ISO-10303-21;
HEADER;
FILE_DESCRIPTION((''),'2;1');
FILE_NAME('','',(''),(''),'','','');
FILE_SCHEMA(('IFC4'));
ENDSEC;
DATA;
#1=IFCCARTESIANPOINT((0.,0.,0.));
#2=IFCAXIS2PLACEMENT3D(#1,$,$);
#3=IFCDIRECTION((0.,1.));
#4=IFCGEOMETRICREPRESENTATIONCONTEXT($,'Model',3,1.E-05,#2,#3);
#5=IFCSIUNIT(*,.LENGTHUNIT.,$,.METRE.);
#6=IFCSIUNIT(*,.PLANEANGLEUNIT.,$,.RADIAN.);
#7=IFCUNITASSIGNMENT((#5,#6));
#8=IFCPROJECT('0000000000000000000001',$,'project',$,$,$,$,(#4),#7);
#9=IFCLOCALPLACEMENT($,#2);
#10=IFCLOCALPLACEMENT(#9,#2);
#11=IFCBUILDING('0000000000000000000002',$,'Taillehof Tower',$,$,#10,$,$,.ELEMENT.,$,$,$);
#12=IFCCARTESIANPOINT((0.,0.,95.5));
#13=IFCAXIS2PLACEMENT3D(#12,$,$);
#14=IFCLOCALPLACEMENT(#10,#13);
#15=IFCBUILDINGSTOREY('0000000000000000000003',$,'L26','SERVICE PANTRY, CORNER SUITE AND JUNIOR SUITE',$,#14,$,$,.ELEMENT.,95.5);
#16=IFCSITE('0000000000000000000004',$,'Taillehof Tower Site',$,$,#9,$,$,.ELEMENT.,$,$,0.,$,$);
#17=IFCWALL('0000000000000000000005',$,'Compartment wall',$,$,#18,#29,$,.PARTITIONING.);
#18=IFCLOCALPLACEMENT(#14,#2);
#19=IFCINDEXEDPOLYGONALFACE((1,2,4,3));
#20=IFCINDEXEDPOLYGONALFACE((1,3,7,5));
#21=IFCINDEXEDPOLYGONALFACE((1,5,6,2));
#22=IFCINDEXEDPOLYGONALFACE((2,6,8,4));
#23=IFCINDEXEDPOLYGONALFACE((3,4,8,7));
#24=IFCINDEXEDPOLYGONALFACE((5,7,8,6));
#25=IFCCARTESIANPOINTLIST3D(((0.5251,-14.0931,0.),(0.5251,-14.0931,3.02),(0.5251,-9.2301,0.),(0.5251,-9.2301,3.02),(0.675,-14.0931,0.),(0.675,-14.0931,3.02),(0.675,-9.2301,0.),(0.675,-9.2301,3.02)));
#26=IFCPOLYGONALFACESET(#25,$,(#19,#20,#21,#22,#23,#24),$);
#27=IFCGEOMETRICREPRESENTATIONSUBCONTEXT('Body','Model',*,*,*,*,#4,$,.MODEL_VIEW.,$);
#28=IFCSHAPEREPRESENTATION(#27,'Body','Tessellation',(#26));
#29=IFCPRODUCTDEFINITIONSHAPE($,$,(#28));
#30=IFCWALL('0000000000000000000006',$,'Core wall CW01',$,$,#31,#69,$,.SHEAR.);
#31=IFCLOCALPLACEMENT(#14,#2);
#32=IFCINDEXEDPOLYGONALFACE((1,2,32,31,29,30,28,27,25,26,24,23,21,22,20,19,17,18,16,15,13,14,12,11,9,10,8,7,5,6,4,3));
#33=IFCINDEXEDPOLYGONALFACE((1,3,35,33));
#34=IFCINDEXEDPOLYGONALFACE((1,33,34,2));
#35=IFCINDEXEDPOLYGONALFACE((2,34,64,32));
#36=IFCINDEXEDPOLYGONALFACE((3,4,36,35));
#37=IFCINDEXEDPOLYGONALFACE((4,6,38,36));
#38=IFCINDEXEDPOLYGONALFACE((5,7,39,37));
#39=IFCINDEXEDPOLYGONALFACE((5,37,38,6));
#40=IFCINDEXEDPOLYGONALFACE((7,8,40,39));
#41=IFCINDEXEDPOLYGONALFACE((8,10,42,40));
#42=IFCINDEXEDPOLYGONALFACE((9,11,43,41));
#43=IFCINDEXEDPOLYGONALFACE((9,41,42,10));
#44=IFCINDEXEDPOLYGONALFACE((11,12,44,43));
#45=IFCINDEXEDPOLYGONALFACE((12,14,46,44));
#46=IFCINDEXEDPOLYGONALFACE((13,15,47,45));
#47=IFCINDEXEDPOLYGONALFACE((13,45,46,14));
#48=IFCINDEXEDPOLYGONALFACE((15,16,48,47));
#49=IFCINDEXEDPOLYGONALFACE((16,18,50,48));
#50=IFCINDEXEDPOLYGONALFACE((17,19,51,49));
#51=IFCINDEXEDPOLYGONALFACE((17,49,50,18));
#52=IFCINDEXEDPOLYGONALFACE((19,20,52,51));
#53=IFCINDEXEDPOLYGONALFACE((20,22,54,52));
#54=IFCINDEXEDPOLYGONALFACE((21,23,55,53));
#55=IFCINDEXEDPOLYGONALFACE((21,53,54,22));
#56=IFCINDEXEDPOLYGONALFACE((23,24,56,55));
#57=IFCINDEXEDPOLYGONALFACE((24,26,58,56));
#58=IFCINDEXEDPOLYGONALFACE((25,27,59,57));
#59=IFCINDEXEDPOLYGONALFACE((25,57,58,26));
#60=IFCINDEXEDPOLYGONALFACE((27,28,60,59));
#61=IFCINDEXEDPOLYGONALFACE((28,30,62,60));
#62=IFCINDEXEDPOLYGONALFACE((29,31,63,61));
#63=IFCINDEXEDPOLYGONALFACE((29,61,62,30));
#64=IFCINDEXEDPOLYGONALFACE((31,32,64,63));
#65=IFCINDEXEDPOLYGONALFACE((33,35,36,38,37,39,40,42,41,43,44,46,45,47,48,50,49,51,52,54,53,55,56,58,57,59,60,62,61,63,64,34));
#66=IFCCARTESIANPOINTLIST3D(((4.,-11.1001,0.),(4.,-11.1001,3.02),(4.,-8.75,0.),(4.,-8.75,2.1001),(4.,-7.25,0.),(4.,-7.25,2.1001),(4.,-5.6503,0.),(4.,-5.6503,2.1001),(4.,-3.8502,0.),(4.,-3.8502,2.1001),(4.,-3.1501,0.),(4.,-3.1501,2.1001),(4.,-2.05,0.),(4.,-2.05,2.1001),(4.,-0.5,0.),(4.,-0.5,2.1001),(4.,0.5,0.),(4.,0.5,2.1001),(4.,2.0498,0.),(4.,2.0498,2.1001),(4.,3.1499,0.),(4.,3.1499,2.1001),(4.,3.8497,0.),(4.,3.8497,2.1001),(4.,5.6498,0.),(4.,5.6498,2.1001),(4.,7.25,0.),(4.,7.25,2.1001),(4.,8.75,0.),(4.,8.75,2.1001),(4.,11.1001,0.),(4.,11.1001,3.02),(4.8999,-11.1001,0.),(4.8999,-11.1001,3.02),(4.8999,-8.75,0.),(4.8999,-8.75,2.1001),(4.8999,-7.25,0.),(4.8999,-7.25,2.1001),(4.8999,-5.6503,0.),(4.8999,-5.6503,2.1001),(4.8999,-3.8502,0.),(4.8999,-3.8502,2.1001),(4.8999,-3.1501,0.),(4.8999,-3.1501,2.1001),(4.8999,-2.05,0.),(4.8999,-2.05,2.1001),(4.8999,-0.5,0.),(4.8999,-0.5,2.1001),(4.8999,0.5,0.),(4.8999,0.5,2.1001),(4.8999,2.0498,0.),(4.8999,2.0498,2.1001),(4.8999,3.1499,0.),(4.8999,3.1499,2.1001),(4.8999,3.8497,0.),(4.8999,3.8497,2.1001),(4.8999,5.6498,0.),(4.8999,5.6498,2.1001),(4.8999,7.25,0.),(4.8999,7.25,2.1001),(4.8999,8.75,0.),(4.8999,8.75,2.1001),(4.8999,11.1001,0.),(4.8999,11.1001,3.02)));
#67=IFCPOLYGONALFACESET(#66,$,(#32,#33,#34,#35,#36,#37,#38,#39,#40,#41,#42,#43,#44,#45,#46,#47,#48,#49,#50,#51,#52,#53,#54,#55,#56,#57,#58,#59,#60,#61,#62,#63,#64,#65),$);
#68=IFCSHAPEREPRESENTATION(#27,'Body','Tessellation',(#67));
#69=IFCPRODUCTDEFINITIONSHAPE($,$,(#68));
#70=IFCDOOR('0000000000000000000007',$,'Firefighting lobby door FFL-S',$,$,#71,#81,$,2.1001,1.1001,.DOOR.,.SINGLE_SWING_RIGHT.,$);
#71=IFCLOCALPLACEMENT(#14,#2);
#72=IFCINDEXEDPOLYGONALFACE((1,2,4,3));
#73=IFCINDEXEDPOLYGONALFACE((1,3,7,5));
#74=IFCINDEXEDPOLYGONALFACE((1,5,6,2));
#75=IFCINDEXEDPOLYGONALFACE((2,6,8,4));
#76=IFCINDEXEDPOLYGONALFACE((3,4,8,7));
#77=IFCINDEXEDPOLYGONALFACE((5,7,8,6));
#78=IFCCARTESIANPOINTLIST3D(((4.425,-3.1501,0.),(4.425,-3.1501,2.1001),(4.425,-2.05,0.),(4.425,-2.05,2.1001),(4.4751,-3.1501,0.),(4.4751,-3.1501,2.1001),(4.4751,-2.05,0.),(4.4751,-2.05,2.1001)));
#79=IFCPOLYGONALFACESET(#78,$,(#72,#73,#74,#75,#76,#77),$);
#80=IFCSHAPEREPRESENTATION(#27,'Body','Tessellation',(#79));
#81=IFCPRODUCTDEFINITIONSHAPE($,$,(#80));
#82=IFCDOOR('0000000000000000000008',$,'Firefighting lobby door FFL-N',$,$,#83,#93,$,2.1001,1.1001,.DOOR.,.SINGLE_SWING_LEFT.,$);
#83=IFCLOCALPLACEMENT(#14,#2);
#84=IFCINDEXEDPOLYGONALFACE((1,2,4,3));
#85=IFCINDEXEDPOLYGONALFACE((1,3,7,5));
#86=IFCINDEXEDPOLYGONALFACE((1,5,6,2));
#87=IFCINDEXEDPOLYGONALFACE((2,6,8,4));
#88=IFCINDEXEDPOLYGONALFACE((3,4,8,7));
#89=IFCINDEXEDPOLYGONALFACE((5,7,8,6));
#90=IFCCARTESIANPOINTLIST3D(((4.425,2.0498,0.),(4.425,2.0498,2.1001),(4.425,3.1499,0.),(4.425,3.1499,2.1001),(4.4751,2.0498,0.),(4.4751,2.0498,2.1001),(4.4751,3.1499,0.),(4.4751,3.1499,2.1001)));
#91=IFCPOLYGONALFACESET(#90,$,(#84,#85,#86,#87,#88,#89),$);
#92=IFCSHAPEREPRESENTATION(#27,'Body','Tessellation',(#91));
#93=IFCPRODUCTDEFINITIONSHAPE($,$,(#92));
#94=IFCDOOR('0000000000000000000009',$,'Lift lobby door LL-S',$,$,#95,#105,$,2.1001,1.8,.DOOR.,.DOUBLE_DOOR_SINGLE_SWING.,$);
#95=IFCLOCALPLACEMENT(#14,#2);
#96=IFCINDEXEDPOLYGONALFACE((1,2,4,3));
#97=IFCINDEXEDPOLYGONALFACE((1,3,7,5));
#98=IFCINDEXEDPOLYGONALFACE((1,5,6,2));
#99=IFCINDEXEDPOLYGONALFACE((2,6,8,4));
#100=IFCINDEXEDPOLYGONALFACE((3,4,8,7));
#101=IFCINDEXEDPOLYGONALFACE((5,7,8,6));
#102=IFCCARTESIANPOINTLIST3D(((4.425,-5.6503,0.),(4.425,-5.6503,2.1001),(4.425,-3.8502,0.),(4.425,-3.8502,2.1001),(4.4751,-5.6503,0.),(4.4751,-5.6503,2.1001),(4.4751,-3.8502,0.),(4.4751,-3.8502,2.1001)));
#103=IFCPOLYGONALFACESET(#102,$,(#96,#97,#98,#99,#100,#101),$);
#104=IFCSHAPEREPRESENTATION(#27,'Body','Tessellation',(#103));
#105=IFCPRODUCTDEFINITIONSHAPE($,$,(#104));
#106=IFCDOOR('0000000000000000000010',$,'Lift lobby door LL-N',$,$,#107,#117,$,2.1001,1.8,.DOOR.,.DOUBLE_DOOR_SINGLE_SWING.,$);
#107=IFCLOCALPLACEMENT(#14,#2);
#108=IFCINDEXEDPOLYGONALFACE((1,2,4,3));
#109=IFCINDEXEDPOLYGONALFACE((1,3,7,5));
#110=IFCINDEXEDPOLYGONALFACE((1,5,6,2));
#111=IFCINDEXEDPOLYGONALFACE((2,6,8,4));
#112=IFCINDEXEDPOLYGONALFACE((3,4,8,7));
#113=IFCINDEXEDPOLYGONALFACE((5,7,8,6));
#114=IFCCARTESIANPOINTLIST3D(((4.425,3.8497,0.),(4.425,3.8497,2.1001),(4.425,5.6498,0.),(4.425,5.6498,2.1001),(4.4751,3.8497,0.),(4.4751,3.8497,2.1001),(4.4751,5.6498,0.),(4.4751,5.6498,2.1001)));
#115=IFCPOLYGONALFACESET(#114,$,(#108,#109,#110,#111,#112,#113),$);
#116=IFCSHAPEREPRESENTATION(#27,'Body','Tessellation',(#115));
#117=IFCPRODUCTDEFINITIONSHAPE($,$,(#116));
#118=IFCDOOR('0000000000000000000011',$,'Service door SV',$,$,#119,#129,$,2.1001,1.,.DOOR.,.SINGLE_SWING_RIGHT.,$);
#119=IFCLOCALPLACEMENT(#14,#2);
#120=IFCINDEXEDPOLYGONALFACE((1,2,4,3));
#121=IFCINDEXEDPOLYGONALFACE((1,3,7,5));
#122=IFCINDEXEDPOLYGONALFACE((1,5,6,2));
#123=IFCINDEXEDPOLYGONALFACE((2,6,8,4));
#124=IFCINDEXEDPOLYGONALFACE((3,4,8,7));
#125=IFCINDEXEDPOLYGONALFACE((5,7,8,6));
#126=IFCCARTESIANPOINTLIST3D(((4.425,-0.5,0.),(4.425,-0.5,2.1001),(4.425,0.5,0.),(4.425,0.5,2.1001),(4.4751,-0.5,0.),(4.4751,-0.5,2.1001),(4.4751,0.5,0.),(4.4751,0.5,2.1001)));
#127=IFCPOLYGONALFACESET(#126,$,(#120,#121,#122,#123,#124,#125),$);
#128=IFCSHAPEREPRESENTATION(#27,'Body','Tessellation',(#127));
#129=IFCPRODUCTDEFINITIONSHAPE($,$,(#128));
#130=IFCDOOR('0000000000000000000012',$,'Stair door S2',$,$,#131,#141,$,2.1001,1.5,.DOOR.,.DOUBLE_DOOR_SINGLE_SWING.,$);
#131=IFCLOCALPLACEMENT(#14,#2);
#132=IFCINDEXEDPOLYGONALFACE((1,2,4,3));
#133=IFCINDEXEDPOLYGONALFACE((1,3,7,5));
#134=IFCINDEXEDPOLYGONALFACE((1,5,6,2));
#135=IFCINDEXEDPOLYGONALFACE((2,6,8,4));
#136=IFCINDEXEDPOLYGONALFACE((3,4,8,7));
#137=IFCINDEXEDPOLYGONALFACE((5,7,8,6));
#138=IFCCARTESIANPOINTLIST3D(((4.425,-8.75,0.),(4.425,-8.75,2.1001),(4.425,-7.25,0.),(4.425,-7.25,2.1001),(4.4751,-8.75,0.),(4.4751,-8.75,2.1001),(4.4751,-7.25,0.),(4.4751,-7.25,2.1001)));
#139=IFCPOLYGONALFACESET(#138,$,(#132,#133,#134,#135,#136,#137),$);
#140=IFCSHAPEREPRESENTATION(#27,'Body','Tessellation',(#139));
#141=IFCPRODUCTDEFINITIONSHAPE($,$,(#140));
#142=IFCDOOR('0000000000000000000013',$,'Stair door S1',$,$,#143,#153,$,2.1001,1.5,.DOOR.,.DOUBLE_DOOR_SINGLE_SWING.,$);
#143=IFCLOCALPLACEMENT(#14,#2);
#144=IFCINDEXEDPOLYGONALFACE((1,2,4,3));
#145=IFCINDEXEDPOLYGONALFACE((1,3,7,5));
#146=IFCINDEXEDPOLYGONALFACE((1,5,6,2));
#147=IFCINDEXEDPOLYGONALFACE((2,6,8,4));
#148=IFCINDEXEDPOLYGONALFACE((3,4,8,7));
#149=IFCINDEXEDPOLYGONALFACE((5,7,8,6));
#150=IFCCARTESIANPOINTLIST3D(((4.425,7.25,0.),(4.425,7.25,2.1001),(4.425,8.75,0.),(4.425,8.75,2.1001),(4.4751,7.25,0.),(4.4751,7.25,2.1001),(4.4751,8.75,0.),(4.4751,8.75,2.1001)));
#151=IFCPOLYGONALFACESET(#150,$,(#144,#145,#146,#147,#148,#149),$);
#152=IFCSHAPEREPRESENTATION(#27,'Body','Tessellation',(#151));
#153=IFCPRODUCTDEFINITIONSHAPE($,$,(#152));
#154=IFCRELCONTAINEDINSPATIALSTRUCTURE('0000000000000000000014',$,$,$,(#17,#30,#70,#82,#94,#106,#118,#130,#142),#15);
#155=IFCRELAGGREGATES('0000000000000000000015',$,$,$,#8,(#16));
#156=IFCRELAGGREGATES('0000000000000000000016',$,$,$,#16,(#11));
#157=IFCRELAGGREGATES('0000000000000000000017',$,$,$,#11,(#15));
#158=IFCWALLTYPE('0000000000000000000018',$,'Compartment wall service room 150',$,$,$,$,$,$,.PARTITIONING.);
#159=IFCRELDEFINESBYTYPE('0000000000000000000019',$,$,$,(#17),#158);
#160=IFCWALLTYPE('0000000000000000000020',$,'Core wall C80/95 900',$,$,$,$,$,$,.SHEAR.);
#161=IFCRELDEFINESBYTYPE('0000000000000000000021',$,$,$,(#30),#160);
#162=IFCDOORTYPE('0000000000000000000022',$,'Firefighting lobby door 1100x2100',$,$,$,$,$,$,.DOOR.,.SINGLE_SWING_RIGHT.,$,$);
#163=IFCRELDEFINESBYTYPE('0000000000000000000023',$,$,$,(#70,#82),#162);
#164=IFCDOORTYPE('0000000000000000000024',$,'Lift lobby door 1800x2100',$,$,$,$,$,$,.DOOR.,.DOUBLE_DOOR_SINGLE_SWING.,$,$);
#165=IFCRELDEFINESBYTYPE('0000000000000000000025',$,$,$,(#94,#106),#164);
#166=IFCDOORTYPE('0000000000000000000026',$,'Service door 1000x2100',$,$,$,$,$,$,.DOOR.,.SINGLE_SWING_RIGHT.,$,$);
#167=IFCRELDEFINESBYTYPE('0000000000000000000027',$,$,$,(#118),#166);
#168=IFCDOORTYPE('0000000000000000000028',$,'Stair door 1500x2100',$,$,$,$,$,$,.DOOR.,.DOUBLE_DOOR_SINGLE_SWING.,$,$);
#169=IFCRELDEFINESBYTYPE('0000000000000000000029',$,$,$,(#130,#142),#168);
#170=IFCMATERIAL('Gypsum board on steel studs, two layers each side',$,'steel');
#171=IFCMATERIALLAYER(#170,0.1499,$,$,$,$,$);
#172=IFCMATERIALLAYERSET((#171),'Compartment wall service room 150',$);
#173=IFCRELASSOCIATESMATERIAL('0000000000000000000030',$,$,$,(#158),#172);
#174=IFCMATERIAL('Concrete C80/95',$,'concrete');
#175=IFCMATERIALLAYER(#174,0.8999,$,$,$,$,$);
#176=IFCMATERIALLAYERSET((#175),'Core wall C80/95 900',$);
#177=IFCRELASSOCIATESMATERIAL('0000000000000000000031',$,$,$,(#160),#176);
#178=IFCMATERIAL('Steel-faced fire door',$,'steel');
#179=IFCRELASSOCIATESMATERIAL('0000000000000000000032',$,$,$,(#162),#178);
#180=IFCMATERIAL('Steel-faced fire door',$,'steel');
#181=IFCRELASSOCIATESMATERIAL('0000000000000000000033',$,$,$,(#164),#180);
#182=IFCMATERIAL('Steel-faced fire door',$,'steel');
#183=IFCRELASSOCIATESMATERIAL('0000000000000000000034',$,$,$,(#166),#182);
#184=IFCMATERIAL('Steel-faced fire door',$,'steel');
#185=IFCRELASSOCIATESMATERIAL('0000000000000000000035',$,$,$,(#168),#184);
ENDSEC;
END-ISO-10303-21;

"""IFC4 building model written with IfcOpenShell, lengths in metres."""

from ifc_helpers import new_model, si_unit, direction, frame, frame_2d, origin, place, context, subcontext, project, spatial, rectangle, extrude, material, layer, layer_set, type_object, element, fill, save


model = new_model("IFC4")

# Units and contexts
model_context = context("Model", 3, precision=1e-05, world=origin(), true_north=direction((0.0, 1.0)))
body_context = subcontext(model_context, "Body", "Model", "MODEL_VIEW")
ifc_project = project(units=[si_unit("LENGTHUNIT", "METRE"), si_unit("PLANEANGLEUNIT", "RADIAN")], contexts=[model_context])

# Site, building, storey
site_placement = place(None, origin())
site = spatial("IfcSite", under=ifc_project, at=site_placement, Name="Taillehof Tower Site", CompositionType="ELEMENT", RefElevation=0.0)
building_placement = place(site_placement, origin())
building = spatial("IfcBuilding", under=site, at=building_placement, Name="Taillehof Tower", CompositionType="ELEMENT")
storey_placement = place(building_placement, frame((0.0, 0.0, 95.5)))
storey = spatial("IfcBuildingStorey", under=building, at=storey_placement, Name="L26", Description="SERVICE PANTRY, CORNER SUITE AND JUNIOR SUITE", CompositionType="ELEMENT", Elevation=95.5)

# Wall
ifc_material_1 = material(Name="Gypsum board on steel studs, two layers each side", Category="steel")
ifc_layer_1 = layer(ifc_material_1, 0.1499)
ifc_layer_set_1 = layer_set([ifc_layer_1], Name="Compartment wall service room 150")
wall_type_1 = type_object("IfcWallType", Name="Compartment wall service room 150", PredefinedType="PARTITIONING", material=ifc_layer_set_1)
wall_1_placement = place(storey_placement, frame((0.6001, -9.23, 0.0), z_axis=(0.0, 0.0, 1.0), x_axis=(0.0, -1.0, 0.0)))
element("IfcWall", 1, at=wall_1_placement, inside=storey, type_object=wall_type_1, Name="Compartment wall", PredefinedType="PARTITIONING", context=body_context, shape_type="SweptSolid", body=[
    extrude(rectangle(XDim=4.863, YDim=0.1499, at=frame_2d((2.4316, 0.0))), origin(), (0.0, 0.0, 1.0), 3.02),
])

# Wall, openings, doors
ifc_material_2 = material(Name="Concrete C80/95", Category="concrete")
ifc_layer_2 = layer(ifc_material_2, 0.8999)
ifc_layer_set_2 = layer_set([ifc_layer_2], Name="Core wall C80/95 900")
wall_type_2 = type_object("IfcWallType", Name="Core wall C80/95 900", PredefinedType="SHEAR", material=ifc_layer_set_2)
wall_2_placement = place(storey_placement, frame((4.45, -11.1001, 0.0), z_axis=(0.0, 0.0, 1.0), x_axis=(0.0, 1.0, 0.0)))
wall_2 = element("IfcWall", 2, at=wall_2_placement, inside=storey, type_object=wall_type_2, Name="Core wall CW01", PredefinedType="SHEAR", context=body_context, shape_type="SweptSolid", body=[
    extrude(rectangle(XDim=22.2002, YDim=0.8999, at=frame_2d((11.1001, 0.0))), origin(), (0.0, 0.0, 1.0), 3.02),
])
opening_1_placement = place(wall_2_placement, frame((2.3501, 0.0, 0.0)))
opening_1 = element("IfcOpeningElement", 3, at=opening_1_placement, cuts=wall_2, PredefinedType="OPENING", context=body_context, shape_type="SweptSolid", body=[
    extrude(rectangle(XDim=1.5, YDim=2.1001, at=frame_2d((0.75, 1.05))), frame((0.0, 0.46, 0.0), z_axis=(0.0, -1.0, 0.0), x_axis=(1.0, 0.0, 0.0)), (0.0, 0.0, 1.0), 0.9199),
])
opening_2_placement = place(wall_2_placement, frame((5.45, 0.0, 0.0)))
opening_2 = element("IfcOpeningElement", 4, at=opening_2_placement, cuts=wall_2, PredefinedType="OPENING", context=body_context, shape_type="SweptSolid", body=[
    extrude(rectangle(XDim=1.8, YDim=2.1001, at=frame_2d((0.8999, 1.05))), frame((0.0, 0.46, 0.0), z_axis=(0.0, -1.0, 0.0), x_axis=(1.0, 0.0, 0.0)), (0.0, 0.0, 1.0), 0.9199),
])
opening_3_placement = place(wall_2_placement, frame((7.95, 0.0, 0.0)))
opening_3 = element("IfcOpeningElement", 5, at=opening_3_placement, cuts=wall_2, PredefinedType="OPENING", context=body_context, shape_type="SweptSolid", body=[
    extrude(rectangle(XDim=1.1001, YDim=2.1001, at=frame_2d((0.55, 1.05))), frame((0.0, 0.46, 0.0), z_axis=(0.0, -1.0, 0.0), x_axis=(1.0, 0.0, 0.0)), (0.0, 0.0, 1.0), 0.9199),
])
opening_4_placement = place(wall_2_placement, frame((10.6001, 0.0, 0.0)))
opening_4 = element("IfcOpeningElement", 6, at=opening_4_placement, cuts=wall_2, PredefinedType="OPENING", context=body_context, shape_type="SweptSolid", body=[
    extrude(rectangle(XDim=1.0, YDim=2.1001, at=frame_2d((0.5, 1.05))), frame((0.0, 0.46, 0.0), z_axis=(0.0, -1.0, 0.0), x_axis=(1.0, 0.0, 0.0)), (0.0, 0.0, 1.0), 0.9199),
])
opening_5_placement = place(wall_2_placement, frame((13.1499, 0.0, 0.0)))
opening_5 = element("IfcOpeningElement", 7, at=opening_5_placement, cuts=wall_2, PredefinedType="OPENING", context=body_context, shape_type="SweptSolid", body=[
    extrude(rectangle(XDim=1.1001, YDim=2.1001, at=frame_2d((0.55, 1.05))), frame((0.0, 0.46, 0.0), z_axis=(0.0, -1.0, 0.0), x_axis=(1.0, 0.0, 0.0)), (0.0, 0.0, 1.0), 0.9199),
])
opening_6_placement = place(wall_2_placement, frame((14.95, 0.0, 0.0)))
opening_6 = element("IfcOpeningElement", 8, at=opening_6_placement, cuts=wall_2, PredefinedType="OPENING", context=body_context, shape_type="SweptSolid", body=[
    extrude(rectangle(XDim=1.8, YDim=2.1001, at=frame_2d((0.8999, 1.05))), frame((0.0, 0.46, 0.0), z_axis=(0.0, -1.0, 0.0), x_axis=(1.0, 0.0, 0.0)), (0.0, 0.0, 1.0), 0.9199),
])
opening_7_placement = place(wall_2_placement, frame((18.3501, 0.0, 0.0)))
opening_7 = element("IfcOpeningElement", 9, at=opening_7_placement, cuts=wall_2, PredefinedType="OPENING", context=body_context, shape_type="SweptSolid", body=[
    extrude(rectangle(XDim=1.5, YDim=2.1001, at=frame_2d((0.75, 1.05))), frame((0.0, 0.46, 0.0), z_axis=(0.0, -1.0, 0.0), x_axis=(1.0, 0.0, 0.0)), (0.0, 0.0, 1.0), 0.9199),
])
ifc_material_3 = material(Name="Steel-faced fire door", Category="steel")
door_type_1 = type_object("IfcDoorType", Name="Firefighting lobby door 1100x2100", OperationType="SINGLE_SWING_RIGHT", PredefinedType="DOOR", material=ifc_material_3)
door_1_placement = place(opening_3_placement, origin())
door_1 = element("IfcDoor", 10, at=door_1_placement, inside=storey, type_object=door_type_1, Name="Firefighting lobby door FFL-S", OperationType="SINGLE_SWING_RIGHT", OverallHeight=2.1001, OverallWidth=1.1001, PredefinedType="DOOR", context=body_context, shape_type="SweptSolid", body=[
    extrude(rectangle(XDim=1.1001, YDim=2.1001, at=frame_2d((0.55, 1.05))), frame((0.0, 0.0249, 0.0), z_axis=(0.0, -1.0, 0.0), x_axis=(1.0, 0.0, 0.0)), (0.0, 0.0, 1.0), 0.05),
])
fill(opening_3, door_1)
door_2_placement = place(opening_5_placement, origin())
door_2 = element("IfcDoor", 11, at=door_2_placement, inside=storey, type_object=door_type_1, Name="Firefighting lobby door FFL-N", OperationType="SINGLE_SWING_LEFT", OverallHeight=2.1001, OverallWidth=1.1001, PredefinedType="DOOR", context=body_context, shape_type="SweptSolid", body=[
    extrude(rectangle(XDim=1.1001, YDim=2.1001, at=frame_2d((0.55, 1.05))), frame((0.0, 0.0249, 0.0), z_axis=(0.0, -1.0, 0.0), x_axis=(1.0, 0.0, 0.0)), (0.0, 0.0, 1.0), 0.05),
])
fill(opening_5, door_2)
ifc_material_4 = material(Name="Steel-faced fire door", Category="steel")
door_type_2 = type_object("IfcDoorType", Name="Lift lobby door 1800x2100", OperationType="DOUBLE_DOOR_SINGLE_SWING", PredefinedType="DOOR", material=ifc_material_4)
door_3_placement = place(opening_2_placement, origin())
door_3 = element("IfcDoor", 12, at=door_3_placement, inside=storey, type_object=door_type_2, Name="Lift lobby door LL-S", OperationType="DOUBLE_DOOR_SINGLE_SWING", OverallHeight=2.1001, OverallWidth=1.8, PredefinedType="DOOR", context=body_context, shape_type="SweptSolid", body=[
    extrude(rectangle(XDim=1.8, YDim=2.1001, at=frame_2d((0.8999, 1.05))), frame((0.0, 0.0249, 0.0), z_axis=(0.0, -1.0, 0.0), x_axis=(1.0, 0.0, 0.0)), (0.0, 0.0, 1.0), 0.05),
])
fill(opening_2, door_3)
door_4_placement = place(opening_6_placement, origin())
door_4 = element("IfcDoor", 13, at=door_4_placement, inside=storey, type_object=door_type_2, Name="Lift lobby door LL-N", OperationType="DOUBLE_DOOR_SINGLE_SWING", OverallHeight=2.1001, OverallWidth=1.8, PredefinedType="DOOR", context=body_context, shape_type="SweptSolid", body=[
    extrude(rectangle(XDim=1.8, YDim=2.1001, at=frame_2d((0.8999, 1.05))), frame((0.0, 0.0249, 0.0), z_axis=(0.0, -1.0, 0.0), x_axis=(1.0, 0.0, 0.0)), (0.0, 0.0, 1.0), 0.05),
])
fill(opening_6, door_4)
ifc_material_5 = material(Name="Steel-faced fire door", Category="steel")
door_type_3 = type_object("IfcDoorType", Name="Service door 1000x2100", OperationType="SINGLE_SWING_RIGHT", PredefinedType="DOOR", material=ifc_material_5)
door_5_placement = place(opening_4_placement, origin())
door_5 = element("IfcDoor", 14, at=door_5_placement, inside=storey, type_object=door_type_3, Name="Service door SV", OperationType="SINGLE_SWING_RIGHT", OverallHeight=2.1001, OverallWidth=1.0, PredefinedType="DOOR", context=body_context, shape_type="SweptSolid", body=[
    extrude(rectangle(XDim=1.0, YDim=2.1001, at=frame_2d((0.5, 1.05))), frame((0.0, 0.0249, 0.0), z_axis=(0.0, -1.0, 0.0), x_axis=(1.0, 0.0, 0.0)), (0.0, 0.0, 1.0), 0.05),
])
fill(opening_4, door_5)
ifc_material_6 = material(Name="Steel-faced fire door", Category="steel")
door_type_4 = type_object("IfcDoorType", Name="Stair door 1500x2100", OperationType="DOUBLE_DOOR_SINGLE_SWING", PredefinedType="DOOR", material=ifc_material_6)
door_6_placement = place(opening_1_placement, origin())
door_6 = element("IfcDoor", 15, at=door_6_placement, inside=storey, type_object=door_type_4, Name="Stair door S2", OperationType="DOUBLE_DOOR_SINGLE_SWING", OverallHeight=2.1001, OverallWidth=1.5, PredefinedType="DOOR", context=body_context, shape_type="SweptSolid", body=[
    extrude(rectangle(XDim=1.5, YDim=2.1001, at=frame_2d((0.75, 1.05))), frame((0.0, 0.0249, 0.0), z_axis=(0.0, -1.0, 0.0), x_axis=(1.0, 0.0, 0.0)), (0.0, 0.0, 1.0), 0.05),
])
fill(opening_1, door_6)
door_7_placement = place(opening_7_placement, origin())
door_7 = element("IfcDoor", 16, at=door_7_placement, inside=storey, type_object=door_type_4, Name="Stair door S1", OperationType="DOUBLE_DOOR_SINGLE_SWING", OverallHeight=2.1001, OverallWidth=1.5, PredefinedType="DOOR", context=body_context, shape_type="SweptSolid", body=[
    extrude(rectangle(XDim=1.5, YDim=2.1001, at=frame_2d((0.75, 1.05))), frame((0.0, 0.0249, 0.0), z_axis=(0.0, -1.0, 0.0), x_axis=(1.0, 0.0, 0.0)), (0.0, 0.0, 1.0), 0.05),
])
fill(opening_7, door_7)

save(model, "model.ifc")
